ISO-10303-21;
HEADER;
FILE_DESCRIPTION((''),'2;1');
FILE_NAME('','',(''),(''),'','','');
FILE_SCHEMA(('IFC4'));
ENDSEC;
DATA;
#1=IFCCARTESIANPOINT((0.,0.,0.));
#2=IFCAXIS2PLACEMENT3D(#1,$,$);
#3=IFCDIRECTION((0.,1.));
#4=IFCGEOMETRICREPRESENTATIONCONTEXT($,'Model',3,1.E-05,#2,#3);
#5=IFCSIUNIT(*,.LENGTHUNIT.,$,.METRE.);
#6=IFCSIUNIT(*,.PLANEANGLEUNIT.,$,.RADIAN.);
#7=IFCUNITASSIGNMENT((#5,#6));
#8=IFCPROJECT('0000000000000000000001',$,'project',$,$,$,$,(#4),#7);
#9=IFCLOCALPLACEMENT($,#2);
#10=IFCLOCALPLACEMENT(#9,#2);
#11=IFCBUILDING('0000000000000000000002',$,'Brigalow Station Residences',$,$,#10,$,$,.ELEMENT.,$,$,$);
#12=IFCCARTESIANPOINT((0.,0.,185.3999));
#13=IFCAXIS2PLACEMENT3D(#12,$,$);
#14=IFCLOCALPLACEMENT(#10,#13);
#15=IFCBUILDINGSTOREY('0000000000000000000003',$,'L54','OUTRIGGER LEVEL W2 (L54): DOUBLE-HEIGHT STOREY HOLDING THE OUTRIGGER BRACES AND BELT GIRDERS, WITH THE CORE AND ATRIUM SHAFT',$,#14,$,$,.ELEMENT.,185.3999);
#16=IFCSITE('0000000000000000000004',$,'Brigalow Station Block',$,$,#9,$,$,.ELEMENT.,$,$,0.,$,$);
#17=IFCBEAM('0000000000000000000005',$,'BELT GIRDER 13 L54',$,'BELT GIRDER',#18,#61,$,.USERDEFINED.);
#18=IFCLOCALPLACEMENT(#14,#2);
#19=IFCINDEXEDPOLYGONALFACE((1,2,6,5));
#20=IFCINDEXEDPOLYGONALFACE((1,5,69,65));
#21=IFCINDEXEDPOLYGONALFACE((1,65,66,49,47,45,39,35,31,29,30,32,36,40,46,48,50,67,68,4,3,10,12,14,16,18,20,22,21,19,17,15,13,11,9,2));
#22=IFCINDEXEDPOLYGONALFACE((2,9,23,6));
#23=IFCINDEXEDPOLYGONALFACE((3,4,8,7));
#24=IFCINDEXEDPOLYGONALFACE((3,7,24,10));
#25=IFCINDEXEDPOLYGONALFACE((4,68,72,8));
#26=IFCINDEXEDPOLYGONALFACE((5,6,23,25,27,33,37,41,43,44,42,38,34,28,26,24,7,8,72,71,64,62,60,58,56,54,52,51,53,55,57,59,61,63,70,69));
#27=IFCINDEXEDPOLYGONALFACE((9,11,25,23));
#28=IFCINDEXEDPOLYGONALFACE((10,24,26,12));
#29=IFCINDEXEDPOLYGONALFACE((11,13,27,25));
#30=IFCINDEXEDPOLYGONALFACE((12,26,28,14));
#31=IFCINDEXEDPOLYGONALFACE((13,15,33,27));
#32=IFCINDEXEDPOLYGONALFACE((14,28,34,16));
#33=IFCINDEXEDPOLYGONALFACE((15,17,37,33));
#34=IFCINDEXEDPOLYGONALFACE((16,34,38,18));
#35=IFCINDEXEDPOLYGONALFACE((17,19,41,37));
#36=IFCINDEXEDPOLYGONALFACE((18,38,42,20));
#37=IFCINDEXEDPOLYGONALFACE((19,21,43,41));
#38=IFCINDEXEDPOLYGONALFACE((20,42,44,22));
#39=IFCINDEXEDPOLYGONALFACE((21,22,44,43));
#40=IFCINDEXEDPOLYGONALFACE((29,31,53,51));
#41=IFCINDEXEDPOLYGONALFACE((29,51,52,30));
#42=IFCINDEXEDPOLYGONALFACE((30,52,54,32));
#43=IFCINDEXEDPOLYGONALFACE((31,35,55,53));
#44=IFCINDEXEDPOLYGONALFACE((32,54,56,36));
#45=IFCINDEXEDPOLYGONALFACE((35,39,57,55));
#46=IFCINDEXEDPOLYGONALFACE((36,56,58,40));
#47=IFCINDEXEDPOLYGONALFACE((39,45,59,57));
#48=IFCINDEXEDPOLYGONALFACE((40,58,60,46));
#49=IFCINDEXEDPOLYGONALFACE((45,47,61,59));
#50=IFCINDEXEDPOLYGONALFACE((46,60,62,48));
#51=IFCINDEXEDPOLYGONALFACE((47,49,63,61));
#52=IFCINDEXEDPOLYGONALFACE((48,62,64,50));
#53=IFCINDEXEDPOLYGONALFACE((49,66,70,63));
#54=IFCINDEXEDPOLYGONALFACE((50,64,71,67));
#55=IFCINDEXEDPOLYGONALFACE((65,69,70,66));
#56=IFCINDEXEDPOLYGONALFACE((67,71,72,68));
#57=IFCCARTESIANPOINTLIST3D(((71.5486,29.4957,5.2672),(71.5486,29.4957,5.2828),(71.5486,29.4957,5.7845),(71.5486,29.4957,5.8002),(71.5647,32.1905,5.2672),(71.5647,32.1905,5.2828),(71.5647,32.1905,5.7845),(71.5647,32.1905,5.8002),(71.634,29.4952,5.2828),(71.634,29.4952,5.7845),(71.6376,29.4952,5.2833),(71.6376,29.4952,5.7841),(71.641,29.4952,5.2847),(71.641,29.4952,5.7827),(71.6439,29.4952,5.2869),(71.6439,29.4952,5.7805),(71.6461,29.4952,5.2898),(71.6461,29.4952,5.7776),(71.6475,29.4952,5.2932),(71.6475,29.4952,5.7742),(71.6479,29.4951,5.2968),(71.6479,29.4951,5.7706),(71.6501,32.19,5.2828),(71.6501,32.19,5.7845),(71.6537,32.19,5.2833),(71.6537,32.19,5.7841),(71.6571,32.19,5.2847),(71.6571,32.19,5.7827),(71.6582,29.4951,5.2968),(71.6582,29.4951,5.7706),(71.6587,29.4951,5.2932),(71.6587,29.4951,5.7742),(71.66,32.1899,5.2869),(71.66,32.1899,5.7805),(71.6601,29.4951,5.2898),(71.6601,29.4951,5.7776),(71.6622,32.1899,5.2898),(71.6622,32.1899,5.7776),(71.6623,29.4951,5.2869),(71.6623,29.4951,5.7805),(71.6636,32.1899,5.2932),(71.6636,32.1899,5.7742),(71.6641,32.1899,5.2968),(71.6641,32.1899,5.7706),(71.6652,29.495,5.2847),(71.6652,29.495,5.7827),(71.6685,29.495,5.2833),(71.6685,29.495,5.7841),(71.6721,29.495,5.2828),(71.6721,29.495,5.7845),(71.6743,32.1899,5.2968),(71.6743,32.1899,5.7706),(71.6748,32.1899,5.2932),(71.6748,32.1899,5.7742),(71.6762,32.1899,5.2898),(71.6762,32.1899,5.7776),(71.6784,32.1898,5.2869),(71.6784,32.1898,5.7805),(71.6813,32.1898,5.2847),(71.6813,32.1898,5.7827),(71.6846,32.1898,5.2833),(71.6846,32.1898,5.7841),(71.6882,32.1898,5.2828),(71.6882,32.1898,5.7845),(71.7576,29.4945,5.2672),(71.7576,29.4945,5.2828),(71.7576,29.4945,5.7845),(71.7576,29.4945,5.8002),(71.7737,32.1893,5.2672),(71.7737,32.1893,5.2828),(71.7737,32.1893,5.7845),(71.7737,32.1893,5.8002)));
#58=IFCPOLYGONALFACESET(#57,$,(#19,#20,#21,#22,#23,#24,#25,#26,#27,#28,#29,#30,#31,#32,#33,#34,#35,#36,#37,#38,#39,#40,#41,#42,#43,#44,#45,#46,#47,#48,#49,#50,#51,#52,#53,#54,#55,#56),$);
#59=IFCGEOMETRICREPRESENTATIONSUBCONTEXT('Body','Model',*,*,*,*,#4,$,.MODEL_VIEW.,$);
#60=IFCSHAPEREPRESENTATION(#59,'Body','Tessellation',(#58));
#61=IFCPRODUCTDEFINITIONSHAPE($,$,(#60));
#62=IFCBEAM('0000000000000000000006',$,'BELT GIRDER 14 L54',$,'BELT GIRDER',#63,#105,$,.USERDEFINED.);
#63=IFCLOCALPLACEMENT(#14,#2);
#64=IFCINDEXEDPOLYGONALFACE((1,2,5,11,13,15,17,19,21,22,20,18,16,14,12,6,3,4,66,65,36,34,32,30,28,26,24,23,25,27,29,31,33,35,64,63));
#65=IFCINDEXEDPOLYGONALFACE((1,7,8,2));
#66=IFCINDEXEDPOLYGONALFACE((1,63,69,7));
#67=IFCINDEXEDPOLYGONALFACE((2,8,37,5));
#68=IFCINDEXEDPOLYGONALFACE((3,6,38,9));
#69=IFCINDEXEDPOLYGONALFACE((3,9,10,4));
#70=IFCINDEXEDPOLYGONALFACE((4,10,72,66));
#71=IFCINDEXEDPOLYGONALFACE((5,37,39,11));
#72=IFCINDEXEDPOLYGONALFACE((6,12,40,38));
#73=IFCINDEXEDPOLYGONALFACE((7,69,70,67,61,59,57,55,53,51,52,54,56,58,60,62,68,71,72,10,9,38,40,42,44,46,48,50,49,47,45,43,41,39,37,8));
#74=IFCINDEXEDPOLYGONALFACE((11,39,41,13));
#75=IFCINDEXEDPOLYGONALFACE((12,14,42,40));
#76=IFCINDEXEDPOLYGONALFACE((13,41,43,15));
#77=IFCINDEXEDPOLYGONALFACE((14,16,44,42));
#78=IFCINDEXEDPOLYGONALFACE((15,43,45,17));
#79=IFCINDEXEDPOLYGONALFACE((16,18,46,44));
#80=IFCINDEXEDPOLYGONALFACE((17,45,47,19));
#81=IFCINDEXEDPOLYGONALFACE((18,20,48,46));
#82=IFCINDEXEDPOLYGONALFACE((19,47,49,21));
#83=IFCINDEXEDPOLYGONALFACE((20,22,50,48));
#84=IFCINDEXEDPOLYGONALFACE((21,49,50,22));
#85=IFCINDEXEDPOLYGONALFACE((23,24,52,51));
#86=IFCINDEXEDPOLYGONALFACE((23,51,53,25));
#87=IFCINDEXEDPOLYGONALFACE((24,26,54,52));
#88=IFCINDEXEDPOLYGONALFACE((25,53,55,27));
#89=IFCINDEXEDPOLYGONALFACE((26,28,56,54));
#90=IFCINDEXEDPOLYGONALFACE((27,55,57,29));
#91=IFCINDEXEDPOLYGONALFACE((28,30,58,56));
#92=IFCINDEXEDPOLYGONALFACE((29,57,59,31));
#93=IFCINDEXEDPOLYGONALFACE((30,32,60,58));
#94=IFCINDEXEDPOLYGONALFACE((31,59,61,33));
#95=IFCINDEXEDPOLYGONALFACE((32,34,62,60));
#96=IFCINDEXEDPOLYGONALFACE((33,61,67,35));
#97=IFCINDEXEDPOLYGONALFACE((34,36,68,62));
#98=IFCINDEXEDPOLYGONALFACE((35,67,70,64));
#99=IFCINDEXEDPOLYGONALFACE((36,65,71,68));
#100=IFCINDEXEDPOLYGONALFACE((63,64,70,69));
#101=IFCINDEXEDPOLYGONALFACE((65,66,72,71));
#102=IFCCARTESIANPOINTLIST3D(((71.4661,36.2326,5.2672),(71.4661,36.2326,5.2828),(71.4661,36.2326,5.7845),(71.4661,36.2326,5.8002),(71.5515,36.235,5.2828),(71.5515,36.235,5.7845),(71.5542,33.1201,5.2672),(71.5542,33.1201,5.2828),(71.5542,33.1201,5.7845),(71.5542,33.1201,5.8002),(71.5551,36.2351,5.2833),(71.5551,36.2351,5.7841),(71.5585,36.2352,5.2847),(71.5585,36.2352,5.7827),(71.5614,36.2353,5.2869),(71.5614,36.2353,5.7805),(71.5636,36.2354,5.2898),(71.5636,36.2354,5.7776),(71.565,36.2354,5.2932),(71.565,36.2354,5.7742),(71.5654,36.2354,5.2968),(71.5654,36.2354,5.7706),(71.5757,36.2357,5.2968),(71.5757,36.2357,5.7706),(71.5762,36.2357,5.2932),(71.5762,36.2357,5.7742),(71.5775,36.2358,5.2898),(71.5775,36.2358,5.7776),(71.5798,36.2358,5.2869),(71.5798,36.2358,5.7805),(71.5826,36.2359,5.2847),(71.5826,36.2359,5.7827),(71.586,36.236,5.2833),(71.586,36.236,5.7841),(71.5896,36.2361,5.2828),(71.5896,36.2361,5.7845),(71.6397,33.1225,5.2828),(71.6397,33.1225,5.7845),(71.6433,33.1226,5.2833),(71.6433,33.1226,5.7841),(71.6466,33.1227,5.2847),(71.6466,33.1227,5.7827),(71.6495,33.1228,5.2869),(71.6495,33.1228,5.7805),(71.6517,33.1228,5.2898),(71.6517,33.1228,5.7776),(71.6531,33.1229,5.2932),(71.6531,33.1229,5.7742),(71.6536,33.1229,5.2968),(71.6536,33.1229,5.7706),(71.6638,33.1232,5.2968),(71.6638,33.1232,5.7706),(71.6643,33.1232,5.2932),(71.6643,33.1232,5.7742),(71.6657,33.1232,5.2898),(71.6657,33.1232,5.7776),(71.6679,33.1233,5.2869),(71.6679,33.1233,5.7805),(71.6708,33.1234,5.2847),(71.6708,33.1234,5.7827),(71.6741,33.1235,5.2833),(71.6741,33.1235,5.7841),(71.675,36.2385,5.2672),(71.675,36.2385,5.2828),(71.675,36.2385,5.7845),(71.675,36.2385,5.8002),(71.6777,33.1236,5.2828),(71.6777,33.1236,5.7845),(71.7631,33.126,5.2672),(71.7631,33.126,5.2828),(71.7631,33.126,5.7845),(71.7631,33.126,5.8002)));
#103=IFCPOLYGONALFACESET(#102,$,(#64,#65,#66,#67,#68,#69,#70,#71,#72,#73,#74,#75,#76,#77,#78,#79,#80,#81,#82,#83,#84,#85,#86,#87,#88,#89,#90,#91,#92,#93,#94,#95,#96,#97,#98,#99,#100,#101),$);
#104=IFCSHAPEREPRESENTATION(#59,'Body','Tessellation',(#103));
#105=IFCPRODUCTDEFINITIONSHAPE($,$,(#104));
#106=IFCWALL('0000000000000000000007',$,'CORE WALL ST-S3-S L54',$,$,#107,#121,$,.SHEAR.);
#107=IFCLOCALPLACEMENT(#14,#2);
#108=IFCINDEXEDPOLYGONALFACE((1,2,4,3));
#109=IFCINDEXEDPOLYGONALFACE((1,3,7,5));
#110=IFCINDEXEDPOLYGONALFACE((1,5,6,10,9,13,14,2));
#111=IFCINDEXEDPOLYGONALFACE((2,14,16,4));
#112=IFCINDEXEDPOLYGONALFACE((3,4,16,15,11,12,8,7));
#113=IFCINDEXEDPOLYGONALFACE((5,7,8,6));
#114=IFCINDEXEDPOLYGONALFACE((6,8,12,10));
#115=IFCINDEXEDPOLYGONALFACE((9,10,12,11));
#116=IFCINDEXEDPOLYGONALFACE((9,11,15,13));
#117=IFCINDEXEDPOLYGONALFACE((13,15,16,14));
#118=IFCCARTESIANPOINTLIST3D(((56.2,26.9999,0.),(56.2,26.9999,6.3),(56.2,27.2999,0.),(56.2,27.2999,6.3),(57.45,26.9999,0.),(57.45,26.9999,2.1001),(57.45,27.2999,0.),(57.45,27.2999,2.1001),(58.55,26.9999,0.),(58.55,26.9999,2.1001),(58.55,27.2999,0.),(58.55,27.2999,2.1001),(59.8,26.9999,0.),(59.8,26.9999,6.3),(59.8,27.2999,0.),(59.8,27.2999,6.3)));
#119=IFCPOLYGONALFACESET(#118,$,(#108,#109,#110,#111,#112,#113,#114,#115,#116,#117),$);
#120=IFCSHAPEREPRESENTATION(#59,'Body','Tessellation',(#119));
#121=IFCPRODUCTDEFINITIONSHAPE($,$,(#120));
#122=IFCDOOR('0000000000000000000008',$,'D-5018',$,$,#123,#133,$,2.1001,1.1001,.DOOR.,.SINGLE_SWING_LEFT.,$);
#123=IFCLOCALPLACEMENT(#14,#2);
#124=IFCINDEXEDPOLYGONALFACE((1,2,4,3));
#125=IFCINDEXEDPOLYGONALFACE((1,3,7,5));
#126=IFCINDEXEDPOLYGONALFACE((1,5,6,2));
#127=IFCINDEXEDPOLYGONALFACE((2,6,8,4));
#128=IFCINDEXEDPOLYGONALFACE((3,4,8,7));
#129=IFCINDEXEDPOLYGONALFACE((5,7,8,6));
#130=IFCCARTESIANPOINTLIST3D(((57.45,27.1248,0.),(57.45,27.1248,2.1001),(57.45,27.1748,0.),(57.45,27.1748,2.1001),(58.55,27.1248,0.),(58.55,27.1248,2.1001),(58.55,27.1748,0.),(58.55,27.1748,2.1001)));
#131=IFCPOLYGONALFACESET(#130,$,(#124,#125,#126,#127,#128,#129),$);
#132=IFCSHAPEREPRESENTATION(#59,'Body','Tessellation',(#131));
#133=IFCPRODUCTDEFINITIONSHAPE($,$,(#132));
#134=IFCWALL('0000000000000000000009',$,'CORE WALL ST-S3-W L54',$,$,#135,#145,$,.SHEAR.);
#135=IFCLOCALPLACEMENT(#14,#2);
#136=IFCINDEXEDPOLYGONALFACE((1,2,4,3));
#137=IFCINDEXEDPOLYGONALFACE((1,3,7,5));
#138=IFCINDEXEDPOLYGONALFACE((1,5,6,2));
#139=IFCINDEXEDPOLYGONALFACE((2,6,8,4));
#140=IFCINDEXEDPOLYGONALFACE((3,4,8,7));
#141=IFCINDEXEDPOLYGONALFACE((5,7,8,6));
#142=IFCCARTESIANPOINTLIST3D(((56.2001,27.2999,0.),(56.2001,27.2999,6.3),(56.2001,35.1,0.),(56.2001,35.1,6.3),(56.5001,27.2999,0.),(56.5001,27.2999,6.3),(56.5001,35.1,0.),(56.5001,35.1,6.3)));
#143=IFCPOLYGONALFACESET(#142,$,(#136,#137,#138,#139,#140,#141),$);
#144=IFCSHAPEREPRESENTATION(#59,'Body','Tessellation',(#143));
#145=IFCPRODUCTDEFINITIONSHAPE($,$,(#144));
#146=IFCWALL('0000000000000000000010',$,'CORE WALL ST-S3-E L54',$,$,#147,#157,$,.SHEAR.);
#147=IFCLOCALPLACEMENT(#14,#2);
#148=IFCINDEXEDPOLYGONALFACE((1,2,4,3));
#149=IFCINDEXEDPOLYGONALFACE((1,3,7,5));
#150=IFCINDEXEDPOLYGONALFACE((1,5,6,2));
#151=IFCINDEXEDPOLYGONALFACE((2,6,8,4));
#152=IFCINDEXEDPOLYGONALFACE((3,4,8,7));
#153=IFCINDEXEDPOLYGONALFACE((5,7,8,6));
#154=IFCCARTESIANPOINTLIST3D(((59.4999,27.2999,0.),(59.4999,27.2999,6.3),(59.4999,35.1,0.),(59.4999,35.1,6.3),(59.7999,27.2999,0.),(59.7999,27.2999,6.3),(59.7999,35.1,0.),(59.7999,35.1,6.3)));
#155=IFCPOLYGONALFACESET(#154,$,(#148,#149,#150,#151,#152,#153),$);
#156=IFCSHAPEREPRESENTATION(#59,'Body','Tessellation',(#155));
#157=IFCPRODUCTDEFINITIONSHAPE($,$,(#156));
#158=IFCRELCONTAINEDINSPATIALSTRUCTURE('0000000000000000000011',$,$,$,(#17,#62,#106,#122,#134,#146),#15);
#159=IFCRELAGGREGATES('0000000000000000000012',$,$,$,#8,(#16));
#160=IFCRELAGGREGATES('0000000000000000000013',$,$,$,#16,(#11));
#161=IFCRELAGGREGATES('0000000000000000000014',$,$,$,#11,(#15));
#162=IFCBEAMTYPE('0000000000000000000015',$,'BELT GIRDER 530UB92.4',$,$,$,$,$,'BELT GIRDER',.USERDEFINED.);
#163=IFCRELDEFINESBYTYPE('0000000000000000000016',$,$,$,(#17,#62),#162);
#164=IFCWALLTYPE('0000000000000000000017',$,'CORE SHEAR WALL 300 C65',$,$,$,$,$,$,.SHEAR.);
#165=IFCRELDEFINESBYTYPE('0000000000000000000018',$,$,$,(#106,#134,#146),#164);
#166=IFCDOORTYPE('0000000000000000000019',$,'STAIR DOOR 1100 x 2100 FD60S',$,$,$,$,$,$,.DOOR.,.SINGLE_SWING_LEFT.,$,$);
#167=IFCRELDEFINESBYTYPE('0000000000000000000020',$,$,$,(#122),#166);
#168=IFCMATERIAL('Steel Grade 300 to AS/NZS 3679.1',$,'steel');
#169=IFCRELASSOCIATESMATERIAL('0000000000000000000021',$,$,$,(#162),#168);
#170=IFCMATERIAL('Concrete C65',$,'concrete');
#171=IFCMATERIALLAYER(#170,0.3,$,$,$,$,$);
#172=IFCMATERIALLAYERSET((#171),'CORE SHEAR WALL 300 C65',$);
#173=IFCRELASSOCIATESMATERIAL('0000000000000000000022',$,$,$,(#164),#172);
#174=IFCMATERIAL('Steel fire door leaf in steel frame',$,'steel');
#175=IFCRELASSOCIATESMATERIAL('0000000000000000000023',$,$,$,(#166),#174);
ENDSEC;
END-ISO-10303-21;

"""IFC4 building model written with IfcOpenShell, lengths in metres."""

from ifc_helpers import new_model, si_unit, direction, frame, frame_2d, origin, origin_2d, place, context, subcontext, project, spatial, rectangle, i_section, extrude, material, layer, layer_set, material_profile, profile_set, type_object, element, fill, save


model = new_model("IFC4")

# Units and contexts
model_context = context("Model", 3, precision=1e-05, world=origin(), true_north=direction((0.0, 1.0)))
body_context = subcontext(model_context, "Body", "Model", "MODEL_VIEW")
ifc_project = project(units=[si_unit("LENGTHUNIT", "METRE"), si_unit("PLANEANGLEUNIT", "RADIAN")], contexts=[model_context])

# Site, building, storey
site_placement = place(None, origin())
site = spatial("IfcSite", under=ifc_project, at=site_placement, Name="Brigalow Station Block", CompositionType="ELEMENT", RefElevation=0.0)
building_placement = place(site_placement, origin())
building = spatial("IfcBuilding", under=site, at=building_placement, Name="Brigalow Station Residences", CompositionType="ELEMENT")
storey_placement = place(building_placement, frame((0.0, 0.0, 185.3999)))
storey = spatial("IfcBuildingStorey", under=building, at=storey_placement, Name="L54", Description="OUTRIGGER LEVEL W2 (L54): DOUBLE-HEIGHT STOREY HOLDING THE OUTRIGGER BRACES AND BELT GIRDERS, WITH THE CORE AND ATRIUM SHAFT", CompositionType="ELEMENT", Elevation=185.3999)

# Beams
ifc_material_1 = material(Name="Steel Grade 300 to AS/NZS 3679.1", Category="steel")
ifc_material_profile_1 = material_profile(ifc_material_1, i_section(OverallWidth=0.209, OverallDepth=0.533, WebThickness=0.0103, FlangeThickness=0.0156, FilletRadius=0.0139, at=origin_2d()), Name="530UB92.4")
ifc_profile_set_1 = profile_set([ifc_material_profile_1], Name="Steel Grade 300 to AS/NZS 3679.1")
beam_type = type_object("IfcBeamType", Name="BELT GIRDER 530UB92.4", ElementType="BELT GIRDER", PredefinedType="USERDEFINED", material=ifc_profile_set_1)
beam_1_placement = place(storey_placement, frame((71.6531, 29.4951, 5.5337), z_axis=(0.005979, 0.999982, 0.0), x_axis=(-0.999982, 0.005979, 0.0)))
element("IfcBeam", 1, at=beam_1_placement, inside=storey, type_object=beam_type, Name="BELT GIRDER 13 L54", ObjectType="BELT GIRDER", PredefinedType="USERDEFINED", context=body_context, shape_type="SweptSolid", body=[
    extrude(i_section(OverallWidth=0.209, OverallDepth=0.533, WebThickness=0.0103, FlangeThickness=0.0156, FilletRadius=0.0139, at=origin_2d()), origin(), (0.0, 0.0, 1.0), 2.6948),
])
beam_2_placement = place(storey_placement, frame((71.6587, 33.123, 5.5337), z_axis=(-0.028305, 0.999599, 0.0), x_axis=(-0.999599, -0.028305, 0.0)))
element("IfcBeam", 2, at=beam_2_placement, inside=storey, type_object=beam_type, Name="BELT GIRDER 14 L54", ObjectType="BELT GIRDER", PredefinedType="USERDEFINED", context=body_context, shape_type="SweptSolid", body=[
    extrude(i_section(OverallWidth=0.209, OverallDepth=0.533, WebThickness=0.0103, FlangeThickness=0.0156, FilletRadius=0.0139, at=origin_2d()), origin(), (0.0, 0.0, 1.0), 3.1138),
])

# Wall, opening, door
ifc_material_2 = material(Name="Concrete C65", Category="concrete")
ifc_layer = layer(ifc_material_2, 0.3)
ifc_layer_set = layer_set([ifc_layer], Name="CORE SHEAR WALL 300 C65")
wall_type = type_object("IfcWallType", Name="CORE SHEAR WALL 300 C65", PredefinedType="SHEAR", material=ifc_layer_set)
wall_placement = place(storey_placement, frame((56.2, 27.1499, 0.0), z_axis=(0.0, 0.0, 1.0), x_axis=(1.0, 0.0, 0.0)))
wall = element("IfcWall", 3, at=wall_placement, inside=storey, type_object=wall_type, Name="CORE WALL ST-S3-S L54", PredefinedType="SHEAR", context=body_context, shape_type="SweptSolid", body=[
    extrude(rectangle(XDim=3.6001, YDim=0.3, at=frame_2d((1.8, 0.0))), origin(), (0.0, 0.0, 1.0), 6.3),
])
opening_placement = place(wall_placement, frame((1.25, 0.0, 0.0)))
opening = element("IfcOpeningElement", 4, at=opening_placement, cuts=wall, PredefinedType="OPENING", context=body_context, shape_type="SweptSolid", body=[
    extrude(rectangle(XDim=1.1001, YDim=2.1001, at=frame_2d((0.55, 1.05))), frame((0.0, 0.1602, 0.0), z_axis=(0.0, -1.0, 0.0), x_axis=(1.0, 0.0, 0.0)), (0.0, 0.0, 1.0), 0.3201),
])
ifc_material_3 = material(Name="Steel fire door leaf in steel frame", Category="steel")
door_type = type_object("IfcDoorType", Name="STAIR DOOR 1100 x 2100 FD60S", OperationType="SINGLE_SWING_LEFT", PredefinedType="DOOR", material=ifc_material_3)
door_placement = place(opening_placement, origin())
door = element("IfcDoor", 5, at=door_placement, inside=storey, type_object=door_type, Name="D-5018", OperationType="SINGLE_SWING_LEFT", OverallHeight=2.1001, OverallWidth=1.1001, PredefinedType="DOOR", context=body_context, shape_type="SweptSolid", body=[
    extrude(rectangle(XDim=1.1001, YDim=2.1001, at=frame_2d((0.55, 1.05))), frame((0.0, 0.0249, 0.0), z_axis=(0.0, -1.0, 0.0), x_axis=(1.0, 0.0, 0.0)), (0.0, 0.0, 1.0), 0.05),
])
fill(opening, door)

# Walls
for number, where, z_axis, x_axis, name in (
    (6, (56.3501, 27.3, 0.0), (0.0, 0.0, 1.0), (0.0, 1.0, 0.0), "CORE WALL ST-S3-W L54"),
    (7, (59.6499, 27.3, 0.0), (0.0, 0.0, 1.0), (0.0, 1.0, 0.0), "CORE WALL ST-S3-E L54"),
):
    element("IfcWall", number, at=place(storey_placement, frame(where, z_axis=z_axis, x_axis=x_axis)), inside=storey, type_object=wall_type, Name=name, PredefinedType="SHEAR", context=body_context, shape_type="SweptSolid", body=[
        extrude(rectangle(XDim=7.8, YDim=0.3, at=frame_2d((3.8999, 0.0))), origin(), (0.0, 0.0, 1.0), 6.3),
    ])

save(model, "model.ifc")
